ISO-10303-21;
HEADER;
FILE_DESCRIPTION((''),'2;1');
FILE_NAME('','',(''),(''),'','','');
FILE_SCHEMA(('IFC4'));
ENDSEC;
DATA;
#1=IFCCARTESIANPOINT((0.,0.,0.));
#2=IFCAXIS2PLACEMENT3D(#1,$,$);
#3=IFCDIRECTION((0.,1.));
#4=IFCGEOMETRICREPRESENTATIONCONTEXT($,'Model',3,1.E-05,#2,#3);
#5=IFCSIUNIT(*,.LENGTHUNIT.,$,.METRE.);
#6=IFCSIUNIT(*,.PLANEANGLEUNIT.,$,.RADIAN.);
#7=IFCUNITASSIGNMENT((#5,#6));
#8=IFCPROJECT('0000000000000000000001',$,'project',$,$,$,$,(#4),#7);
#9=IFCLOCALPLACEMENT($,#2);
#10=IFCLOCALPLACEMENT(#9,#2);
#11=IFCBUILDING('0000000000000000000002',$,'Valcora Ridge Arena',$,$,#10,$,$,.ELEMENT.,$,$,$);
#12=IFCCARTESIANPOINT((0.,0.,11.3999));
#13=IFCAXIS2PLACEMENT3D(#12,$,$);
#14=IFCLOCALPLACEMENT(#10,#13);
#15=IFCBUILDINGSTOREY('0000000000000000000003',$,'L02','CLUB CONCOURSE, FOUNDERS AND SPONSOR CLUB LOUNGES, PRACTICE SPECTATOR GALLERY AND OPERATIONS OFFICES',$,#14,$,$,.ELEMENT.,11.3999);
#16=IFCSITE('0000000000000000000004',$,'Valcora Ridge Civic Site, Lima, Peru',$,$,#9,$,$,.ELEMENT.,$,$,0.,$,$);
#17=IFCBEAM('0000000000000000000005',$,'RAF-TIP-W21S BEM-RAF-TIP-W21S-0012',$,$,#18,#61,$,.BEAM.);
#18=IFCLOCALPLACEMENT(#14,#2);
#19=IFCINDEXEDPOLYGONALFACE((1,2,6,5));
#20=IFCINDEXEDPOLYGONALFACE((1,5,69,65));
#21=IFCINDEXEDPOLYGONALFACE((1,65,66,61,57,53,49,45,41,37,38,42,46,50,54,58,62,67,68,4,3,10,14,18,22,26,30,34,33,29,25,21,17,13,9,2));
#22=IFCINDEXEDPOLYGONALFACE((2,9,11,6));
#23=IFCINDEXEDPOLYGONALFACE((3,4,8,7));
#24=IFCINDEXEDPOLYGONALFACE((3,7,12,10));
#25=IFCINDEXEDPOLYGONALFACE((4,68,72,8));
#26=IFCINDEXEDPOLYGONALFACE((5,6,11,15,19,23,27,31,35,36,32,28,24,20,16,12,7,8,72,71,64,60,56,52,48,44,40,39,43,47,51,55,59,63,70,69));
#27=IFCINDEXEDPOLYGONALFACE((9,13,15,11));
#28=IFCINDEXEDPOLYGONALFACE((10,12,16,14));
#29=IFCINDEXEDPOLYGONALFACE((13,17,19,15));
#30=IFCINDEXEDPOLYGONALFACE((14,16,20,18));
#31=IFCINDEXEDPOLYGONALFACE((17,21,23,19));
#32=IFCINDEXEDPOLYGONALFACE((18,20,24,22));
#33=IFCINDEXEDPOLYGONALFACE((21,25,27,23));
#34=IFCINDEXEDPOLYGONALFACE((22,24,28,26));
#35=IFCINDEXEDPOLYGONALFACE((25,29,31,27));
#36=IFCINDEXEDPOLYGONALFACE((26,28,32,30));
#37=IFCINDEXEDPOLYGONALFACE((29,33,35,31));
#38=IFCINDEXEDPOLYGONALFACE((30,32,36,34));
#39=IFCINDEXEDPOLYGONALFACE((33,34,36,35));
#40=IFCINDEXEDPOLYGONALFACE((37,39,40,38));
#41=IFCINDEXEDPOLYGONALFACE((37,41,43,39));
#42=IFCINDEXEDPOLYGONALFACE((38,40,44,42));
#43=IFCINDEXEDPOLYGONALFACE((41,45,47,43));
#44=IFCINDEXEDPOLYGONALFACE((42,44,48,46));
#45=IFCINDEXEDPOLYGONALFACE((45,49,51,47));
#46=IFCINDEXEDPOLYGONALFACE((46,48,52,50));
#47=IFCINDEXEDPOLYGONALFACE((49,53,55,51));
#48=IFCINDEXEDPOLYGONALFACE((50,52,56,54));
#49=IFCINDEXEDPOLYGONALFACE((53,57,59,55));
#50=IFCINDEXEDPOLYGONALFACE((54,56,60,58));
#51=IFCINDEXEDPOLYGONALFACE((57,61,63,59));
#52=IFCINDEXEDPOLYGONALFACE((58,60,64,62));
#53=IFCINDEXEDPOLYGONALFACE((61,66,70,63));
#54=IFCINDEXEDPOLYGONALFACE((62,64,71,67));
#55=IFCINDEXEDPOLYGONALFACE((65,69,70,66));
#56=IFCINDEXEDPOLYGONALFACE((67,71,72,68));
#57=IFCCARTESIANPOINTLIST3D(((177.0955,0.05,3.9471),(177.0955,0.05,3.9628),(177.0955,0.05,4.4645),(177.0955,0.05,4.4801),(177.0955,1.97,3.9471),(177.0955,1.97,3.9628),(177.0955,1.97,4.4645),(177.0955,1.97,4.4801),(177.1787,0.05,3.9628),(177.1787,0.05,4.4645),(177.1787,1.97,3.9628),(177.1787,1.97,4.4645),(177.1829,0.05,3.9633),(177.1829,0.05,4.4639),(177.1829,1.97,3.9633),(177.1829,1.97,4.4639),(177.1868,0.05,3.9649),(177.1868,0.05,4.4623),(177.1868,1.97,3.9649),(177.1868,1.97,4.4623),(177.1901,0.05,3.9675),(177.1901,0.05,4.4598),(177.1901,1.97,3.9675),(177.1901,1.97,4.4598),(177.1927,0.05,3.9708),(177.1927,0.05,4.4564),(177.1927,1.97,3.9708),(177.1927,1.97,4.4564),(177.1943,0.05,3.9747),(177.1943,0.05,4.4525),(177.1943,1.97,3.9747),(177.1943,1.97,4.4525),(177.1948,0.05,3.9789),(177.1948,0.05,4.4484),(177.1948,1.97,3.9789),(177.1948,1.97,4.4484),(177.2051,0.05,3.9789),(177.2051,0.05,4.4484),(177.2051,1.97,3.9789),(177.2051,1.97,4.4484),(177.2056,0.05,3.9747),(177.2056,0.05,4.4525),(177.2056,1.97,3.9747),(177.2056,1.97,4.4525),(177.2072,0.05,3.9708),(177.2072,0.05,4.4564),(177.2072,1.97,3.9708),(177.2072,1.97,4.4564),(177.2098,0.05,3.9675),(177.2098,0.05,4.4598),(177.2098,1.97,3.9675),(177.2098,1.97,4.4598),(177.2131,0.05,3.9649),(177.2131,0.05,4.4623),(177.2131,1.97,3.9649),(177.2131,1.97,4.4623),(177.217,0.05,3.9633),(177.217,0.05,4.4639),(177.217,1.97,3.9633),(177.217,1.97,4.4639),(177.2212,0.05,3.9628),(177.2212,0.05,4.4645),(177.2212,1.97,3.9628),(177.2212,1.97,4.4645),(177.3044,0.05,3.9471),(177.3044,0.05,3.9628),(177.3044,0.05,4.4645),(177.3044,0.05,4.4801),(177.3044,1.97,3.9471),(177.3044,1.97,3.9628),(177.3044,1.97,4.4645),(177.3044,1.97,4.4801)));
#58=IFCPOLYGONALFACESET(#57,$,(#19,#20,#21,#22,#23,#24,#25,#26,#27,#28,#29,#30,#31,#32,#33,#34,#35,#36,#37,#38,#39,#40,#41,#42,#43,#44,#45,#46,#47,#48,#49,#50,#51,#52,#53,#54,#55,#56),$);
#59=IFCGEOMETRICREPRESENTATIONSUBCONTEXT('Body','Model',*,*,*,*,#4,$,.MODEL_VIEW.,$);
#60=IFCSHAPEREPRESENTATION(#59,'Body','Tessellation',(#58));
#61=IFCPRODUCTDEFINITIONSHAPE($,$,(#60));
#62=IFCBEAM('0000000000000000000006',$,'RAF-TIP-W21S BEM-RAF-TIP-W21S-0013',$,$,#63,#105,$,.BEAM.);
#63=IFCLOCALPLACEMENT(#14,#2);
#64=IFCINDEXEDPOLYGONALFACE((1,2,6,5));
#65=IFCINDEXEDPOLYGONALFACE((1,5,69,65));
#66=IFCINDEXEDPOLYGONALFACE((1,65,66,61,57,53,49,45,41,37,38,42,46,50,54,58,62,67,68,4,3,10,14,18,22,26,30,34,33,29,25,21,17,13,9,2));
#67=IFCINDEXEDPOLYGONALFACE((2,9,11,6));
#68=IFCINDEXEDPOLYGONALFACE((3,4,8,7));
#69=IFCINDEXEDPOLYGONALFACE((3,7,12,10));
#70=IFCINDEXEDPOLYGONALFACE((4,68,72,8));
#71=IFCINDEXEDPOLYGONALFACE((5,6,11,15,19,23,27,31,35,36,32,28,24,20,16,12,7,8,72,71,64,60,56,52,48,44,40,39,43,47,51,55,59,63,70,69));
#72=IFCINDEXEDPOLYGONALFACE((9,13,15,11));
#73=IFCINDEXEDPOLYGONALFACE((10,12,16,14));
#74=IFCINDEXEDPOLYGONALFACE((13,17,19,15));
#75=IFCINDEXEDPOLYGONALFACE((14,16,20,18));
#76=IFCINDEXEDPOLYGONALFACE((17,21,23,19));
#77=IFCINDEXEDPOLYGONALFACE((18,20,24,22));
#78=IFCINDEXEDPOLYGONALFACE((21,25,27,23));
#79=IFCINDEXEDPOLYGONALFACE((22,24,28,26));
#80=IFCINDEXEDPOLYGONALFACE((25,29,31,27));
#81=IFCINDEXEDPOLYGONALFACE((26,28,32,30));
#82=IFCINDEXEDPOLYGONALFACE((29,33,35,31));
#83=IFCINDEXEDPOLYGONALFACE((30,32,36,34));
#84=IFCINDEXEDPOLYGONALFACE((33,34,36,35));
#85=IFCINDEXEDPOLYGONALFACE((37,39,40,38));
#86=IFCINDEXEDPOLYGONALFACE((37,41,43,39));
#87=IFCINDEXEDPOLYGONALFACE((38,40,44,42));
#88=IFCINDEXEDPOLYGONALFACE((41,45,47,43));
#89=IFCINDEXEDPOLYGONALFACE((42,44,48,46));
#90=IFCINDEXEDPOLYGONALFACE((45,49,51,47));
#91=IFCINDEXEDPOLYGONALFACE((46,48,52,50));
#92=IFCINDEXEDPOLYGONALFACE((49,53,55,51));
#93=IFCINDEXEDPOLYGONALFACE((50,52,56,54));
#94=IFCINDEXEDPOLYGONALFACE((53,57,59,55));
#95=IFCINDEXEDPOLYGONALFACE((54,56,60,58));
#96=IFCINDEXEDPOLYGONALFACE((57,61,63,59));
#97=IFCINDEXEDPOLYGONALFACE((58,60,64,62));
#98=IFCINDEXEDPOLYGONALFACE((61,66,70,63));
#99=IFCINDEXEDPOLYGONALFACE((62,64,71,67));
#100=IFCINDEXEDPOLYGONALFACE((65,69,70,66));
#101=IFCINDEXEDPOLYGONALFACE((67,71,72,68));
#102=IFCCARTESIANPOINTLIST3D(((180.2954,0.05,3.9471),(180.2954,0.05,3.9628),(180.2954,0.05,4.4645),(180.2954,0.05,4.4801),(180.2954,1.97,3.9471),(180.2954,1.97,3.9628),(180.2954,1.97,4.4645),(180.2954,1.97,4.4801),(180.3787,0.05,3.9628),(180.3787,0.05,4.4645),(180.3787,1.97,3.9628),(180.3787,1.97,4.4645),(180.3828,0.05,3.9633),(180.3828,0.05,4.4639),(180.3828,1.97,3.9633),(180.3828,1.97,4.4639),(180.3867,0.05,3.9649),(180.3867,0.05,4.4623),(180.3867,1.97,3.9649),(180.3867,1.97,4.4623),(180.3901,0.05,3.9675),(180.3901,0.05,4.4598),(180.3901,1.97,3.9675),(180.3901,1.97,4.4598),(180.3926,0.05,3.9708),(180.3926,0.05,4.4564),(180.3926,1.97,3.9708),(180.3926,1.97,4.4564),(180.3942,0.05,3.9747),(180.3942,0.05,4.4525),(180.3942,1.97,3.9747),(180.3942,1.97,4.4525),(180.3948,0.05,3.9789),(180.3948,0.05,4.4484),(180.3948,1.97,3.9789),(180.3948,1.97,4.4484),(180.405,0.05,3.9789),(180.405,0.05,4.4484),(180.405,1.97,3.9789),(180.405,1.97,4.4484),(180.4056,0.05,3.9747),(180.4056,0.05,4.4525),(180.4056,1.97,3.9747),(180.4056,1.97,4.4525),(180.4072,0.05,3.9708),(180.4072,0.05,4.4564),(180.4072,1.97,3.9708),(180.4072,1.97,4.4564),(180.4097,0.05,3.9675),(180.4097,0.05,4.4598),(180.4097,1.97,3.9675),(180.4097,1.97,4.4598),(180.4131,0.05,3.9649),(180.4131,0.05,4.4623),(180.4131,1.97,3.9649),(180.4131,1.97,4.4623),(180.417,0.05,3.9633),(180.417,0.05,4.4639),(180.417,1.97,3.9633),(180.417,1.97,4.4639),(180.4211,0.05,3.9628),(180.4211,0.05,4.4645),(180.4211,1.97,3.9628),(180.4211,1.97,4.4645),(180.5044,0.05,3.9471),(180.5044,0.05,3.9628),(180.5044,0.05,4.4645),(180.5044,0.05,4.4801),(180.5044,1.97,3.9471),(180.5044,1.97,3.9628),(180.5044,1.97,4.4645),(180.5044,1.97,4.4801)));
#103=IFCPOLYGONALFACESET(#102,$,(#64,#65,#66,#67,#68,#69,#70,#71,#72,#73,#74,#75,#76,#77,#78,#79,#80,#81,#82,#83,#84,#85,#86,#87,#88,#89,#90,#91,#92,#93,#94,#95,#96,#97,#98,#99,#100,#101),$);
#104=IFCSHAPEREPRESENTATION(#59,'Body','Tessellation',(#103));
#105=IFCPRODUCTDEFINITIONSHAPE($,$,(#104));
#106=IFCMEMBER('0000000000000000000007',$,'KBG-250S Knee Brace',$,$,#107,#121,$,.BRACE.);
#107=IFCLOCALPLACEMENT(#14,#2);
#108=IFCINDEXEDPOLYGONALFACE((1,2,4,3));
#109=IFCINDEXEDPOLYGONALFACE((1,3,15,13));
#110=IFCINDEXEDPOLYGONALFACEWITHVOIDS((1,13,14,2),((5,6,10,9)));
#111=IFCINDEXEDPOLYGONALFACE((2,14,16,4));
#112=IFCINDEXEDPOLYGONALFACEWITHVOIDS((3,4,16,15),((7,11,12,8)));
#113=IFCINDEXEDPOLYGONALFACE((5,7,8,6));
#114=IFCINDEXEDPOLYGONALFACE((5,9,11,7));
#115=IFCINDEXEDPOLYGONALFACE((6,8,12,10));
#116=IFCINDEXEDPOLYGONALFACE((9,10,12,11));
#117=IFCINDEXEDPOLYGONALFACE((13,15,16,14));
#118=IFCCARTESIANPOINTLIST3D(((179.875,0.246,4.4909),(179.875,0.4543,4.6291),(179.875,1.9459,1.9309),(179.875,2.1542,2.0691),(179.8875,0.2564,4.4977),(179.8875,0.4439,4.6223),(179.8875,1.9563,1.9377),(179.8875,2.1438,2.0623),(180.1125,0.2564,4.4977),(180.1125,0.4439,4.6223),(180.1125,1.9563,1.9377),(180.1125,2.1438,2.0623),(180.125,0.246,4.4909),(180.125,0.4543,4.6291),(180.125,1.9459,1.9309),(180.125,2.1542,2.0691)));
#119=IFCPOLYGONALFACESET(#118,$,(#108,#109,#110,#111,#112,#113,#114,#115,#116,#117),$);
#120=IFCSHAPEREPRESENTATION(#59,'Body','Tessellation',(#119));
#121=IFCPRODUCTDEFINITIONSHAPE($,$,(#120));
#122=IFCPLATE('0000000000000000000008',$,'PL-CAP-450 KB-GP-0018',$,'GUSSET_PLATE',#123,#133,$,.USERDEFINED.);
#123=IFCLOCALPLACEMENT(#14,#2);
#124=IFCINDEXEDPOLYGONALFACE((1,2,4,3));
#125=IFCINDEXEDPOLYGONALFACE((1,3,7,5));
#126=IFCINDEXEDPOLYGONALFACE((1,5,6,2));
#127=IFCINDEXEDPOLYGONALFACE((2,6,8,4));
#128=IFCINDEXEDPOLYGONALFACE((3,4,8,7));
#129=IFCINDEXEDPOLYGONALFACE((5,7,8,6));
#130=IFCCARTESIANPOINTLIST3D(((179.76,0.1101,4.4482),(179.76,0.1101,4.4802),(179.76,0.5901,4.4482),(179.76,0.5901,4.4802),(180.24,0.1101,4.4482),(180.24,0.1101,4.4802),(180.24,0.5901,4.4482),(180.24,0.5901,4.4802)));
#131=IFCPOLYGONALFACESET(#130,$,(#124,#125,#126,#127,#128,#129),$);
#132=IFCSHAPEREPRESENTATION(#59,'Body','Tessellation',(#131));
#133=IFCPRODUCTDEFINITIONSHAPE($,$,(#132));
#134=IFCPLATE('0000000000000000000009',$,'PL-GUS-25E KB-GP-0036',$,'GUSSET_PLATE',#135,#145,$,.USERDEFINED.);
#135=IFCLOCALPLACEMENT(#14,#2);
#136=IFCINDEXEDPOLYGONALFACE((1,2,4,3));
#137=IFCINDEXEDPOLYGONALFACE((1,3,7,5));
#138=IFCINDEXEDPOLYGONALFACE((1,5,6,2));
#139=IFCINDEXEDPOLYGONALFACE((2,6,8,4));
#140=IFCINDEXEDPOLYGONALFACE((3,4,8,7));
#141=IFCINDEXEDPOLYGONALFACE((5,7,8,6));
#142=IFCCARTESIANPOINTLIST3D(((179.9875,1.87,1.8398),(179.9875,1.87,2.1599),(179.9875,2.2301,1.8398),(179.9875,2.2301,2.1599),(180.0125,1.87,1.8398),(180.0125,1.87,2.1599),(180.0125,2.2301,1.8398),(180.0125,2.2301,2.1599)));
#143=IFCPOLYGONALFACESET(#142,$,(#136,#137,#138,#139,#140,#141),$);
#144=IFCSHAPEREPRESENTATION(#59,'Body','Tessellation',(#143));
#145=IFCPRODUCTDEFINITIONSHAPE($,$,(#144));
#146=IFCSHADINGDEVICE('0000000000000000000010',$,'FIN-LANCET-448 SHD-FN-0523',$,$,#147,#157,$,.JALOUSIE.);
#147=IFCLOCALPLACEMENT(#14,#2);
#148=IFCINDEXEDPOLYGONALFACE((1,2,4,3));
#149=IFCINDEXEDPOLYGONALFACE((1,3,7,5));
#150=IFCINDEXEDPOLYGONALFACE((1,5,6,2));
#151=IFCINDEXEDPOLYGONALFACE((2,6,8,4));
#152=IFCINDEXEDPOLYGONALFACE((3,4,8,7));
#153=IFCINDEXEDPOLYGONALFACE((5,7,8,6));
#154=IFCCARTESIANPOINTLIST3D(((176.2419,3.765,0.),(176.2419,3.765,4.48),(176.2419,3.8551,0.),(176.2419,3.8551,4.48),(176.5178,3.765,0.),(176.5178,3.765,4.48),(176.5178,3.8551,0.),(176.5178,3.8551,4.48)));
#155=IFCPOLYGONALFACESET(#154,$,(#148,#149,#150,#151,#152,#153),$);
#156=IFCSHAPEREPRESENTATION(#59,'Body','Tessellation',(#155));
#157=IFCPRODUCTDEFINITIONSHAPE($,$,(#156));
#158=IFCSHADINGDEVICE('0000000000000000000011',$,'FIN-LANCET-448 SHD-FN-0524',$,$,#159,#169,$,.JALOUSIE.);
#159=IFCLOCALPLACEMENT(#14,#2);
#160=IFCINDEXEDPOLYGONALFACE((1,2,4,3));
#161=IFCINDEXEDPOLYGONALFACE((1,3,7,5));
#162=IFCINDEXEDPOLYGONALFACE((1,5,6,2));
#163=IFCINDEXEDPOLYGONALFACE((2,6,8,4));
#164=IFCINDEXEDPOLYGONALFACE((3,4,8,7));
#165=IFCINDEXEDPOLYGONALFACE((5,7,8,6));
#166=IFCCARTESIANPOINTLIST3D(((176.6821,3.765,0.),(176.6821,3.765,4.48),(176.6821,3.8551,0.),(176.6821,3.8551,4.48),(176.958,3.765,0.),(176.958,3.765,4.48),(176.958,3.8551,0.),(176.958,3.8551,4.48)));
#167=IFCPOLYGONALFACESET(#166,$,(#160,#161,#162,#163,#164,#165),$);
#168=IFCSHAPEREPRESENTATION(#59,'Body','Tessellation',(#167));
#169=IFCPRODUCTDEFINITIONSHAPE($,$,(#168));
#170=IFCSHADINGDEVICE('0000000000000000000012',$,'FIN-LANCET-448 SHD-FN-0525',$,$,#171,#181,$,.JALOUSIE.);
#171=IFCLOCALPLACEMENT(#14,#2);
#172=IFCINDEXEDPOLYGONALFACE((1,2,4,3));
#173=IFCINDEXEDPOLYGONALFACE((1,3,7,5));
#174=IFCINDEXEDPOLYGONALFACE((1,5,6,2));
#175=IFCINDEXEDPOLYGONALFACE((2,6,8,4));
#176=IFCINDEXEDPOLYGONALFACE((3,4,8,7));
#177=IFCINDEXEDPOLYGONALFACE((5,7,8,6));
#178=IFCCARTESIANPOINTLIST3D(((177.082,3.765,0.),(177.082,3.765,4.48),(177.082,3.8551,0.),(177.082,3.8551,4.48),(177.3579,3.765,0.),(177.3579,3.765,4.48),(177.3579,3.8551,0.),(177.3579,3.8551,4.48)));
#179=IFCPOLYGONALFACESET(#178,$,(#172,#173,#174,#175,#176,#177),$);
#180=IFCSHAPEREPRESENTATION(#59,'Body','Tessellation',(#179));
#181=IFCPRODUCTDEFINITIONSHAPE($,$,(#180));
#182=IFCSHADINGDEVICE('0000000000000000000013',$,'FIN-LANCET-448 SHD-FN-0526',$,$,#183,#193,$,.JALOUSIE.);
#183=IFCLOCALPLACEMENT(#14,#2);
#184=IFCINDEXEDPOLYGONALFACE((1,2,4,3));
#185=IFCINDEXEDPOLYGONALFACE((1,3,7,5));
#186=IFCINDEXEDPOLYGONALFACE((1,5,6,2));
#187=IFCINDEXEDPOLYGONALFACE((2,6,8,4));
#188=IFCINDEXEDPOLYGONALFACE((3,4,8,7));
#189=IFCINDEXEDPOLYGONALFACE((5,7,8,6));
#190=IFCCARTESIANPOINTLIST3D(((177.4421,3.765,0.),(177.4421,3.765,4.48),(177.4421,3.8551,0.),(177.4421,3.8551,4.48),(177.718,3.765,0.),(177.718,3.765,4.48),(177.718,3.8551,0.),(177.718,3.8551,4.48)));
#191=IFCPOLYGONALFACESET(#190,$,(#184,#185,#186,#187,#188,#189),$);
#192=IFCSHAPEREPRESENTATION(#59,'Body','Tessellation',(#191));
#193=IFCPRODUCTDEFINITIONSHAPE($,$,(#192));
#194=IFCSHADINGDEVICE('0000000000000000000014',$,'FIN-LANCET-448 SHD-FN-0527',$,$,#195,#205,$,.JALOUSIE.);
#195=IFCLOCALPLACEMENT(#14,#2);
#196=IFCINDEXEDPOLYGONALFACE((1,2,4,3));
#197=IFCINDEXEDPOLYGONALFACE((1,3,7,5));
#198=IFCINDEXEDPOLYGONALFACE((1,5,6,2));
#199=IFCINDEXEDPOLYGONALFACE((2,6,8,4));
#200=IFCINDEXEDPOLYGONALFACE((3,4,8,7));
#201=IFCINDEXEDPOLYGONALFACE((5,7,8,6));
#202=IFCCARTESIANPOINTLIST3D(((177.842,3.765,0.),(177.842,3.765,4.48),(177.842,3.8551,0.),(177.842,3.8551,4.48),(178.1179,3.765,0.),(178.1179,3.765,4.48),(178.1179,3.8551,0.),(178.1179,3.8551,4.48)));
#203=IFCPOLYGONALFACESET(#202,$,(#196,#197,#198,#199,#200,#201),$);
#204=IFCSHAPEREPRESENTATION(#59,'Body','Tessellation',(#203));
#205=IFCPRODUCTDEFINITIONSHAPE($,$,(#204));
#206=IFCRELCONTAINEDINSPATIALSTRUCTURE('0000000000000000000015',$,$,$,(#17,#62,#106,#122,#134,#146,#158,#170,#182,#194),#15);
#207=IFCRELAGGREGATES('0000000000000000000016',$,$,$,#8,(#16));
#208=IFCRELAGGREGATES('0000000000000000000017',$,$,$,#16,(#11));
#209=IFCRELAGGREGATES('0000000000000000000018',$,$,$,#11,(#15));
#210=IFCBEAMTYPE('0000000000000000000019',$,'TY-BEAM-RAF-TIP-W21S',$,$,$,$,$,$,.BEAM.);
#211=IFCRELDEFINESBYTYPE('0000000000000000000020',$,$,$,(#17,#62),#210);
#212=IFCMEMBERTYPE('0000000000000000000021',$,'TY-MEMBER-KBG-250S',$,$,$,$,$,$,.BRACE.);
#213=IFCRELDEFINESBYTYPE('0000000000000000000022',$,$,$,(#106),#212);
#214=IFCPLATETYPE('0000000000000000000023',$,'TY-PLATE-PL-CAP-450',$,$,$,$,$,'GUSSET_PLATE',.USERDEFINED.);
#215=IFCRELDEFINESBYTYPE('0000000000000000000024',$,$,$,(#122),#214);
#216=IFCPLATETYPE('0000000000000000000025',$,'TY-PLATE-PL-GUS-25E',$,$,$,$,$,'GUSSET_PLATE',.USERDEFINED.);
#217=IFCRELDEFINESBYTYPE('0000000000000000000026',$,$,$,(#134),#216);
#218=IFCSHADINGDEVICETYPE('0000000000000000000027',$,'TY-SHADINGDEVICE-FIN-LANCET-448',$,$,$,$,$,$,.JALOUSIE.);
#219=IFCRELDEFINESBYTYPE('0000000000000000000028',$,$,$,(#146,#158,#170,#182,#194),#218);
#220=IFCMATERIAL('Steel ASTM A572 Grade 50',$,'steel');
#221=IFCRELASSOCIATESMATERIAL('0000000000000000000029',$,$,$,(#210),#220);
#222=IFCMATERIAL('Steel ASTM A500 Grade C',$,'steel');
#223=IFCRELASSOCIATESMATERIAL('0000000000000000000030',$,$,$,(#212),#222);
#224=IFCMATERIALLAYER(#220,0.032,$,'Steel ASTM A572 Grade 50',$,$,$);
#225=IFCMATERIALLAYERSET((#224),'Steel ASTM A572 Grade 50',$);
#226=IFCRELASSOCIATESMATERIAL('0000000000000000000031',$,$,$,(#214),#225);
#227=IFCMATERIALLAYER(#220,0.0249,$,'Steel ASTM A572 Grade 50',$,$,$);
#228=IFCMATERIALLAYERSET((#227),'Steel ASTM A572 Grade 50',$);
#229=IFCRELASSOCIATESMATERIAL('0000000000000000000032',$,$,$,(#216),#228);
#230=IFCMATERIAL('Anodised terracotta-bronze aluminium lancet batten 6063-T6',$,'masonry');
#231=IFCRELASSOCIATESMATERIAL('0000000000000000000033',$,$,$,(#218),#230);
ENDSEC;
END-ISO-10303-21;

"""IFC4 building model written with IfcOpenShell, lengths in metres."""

from ifc_helpers import new_model, si_unit, direction, frame, origin, origin_2d, place, context, subcontext, project, spatial, rectangle, hollow_rectangle, i_section, extrude, material, layer, layer_set, material_profile, profile_set, type_object, element, save


model = new_model("IFC4")

# Units and contexts
model_context = context("Model", 3, precision=1e-05, world=origin(), true_north=direction((0.0, 1.0)))
body_context = subcontext(model_context, "Body", "Model", "MODEL_VIEW")
ifc_project = project(units=[si_unit("LENGTHUNIT", "METRE"), si_unit("PLANEANGLEUNIT", "RADIAN")], contexts=[model_context])

# Site, building, storey
site_placement = place(None, origin())
site = spatial("IfcSite", under=ifc_project, at=site_placement, Name="Valcora Ridge Civic Site, Lima, Peru", CompositionType="ELEMENT", RefElevation=0.0)
building_placement = place(site_placement, origin())
building = spatial("IfcBuilding", under=site, at=building_placement, Name="Valcora Ridge Arena", CompositionType="ELEMENT")
storey_placement = place(building_placement, frame((0.0, 0.0, 11.3999)))
storey = spatial("IfcBuildingStorey", under=building, at=storey_placement, Name="L02", Description="CLUB CONCOURSE, FOUNDERS AND SPONSOR CLUB LOUNGES, PRACTICE SPECTATOR GALLERY AND OPERATIONS OFFICES", CompositionType="ELEMENT", Elevation=11.3999)

# Shared definitions
ifc_material_1 = material(Name="Steel ASTM A500 Grade C", Category="steel")

# Beams
ifc_material_2 = material(Name="Steel ASTM A572 Grade 50", Category="steel")
ifc_material_profile_1 = material_profile(ifc_material_2, i_section(OverallWidth=0.209, OverallDepth=0.533, WebThickness=0.0103, FlangeThickness=0.0156, FilletRadius=0.0161, at=origin_2d()), Name="W21X62")
ifc_profile_set_1 = profile_set([ifc_material_profile_1], Name="Steel ASTM A572 Grade 50")
beam_type_1 = type_object("IfcBeamType", Name="TY-BEAM-RAF-TIP-W21S", PredefinedType="BEAM", material=ifc_profile_set_1)
for number, where, z_axis, x_axis, name in (
    (1, (177.2, 0.05, 4.2136), (0.0, 1.0, 0.0), (-1.0, 0.0, 0.0), "RAF-TIP-W21S BEM-RAF-TIP-W21S-0012"),
    (2, (180.3999, 0.05, 4.2136), (0.0, 1.0, 0.0), (-1.0, 0.0, 0.0), "RAF-TIP-W21S BEM-RAF-TIP-W21S-0013"),
):
    element("IfcBeam", number, at=place(storey_placement, frame(where, z_axis=z_axis, x_axis=x_axis)), inside=storey, type_object=beam_type_1, Name=name, PredefinedType="BEAM", context=body_context, shape_type="SweptSolid", body=[
        extrude(i_section(OverallWidth=0.209, OverallDepth=0.533, WebThickness=0.0103, FlangeThickness=0.0156, FilletRadius=0.0161, at=origin_2d()), origin(), (0.0, 0.0, 1.0), 1.9199),
    ])

# Member
ifc_material_profile_2 = material_profile(ifc_material_1, hollow_rectangle(XDim=0.25, YDim=0.25, WallThickness=0.0125, at=origin_2d()), Name="HSS250X250X12")
ifc_profile_set_2 = profile_set([ifc_material_profile_2], Name="Steel ASTM A500 Grade C")
member_type = type_object("IfcMemberType", Name="TY-MEMBER-KBG-250S", PredefinedType="BRACE", material=ifc_profile_set_2)
member_placement = place(storey_placement, frame((180.0, 2.05, 2.0), z_axis=(0.0, -0.553178, 0.833063), x_axis=(1.0, 0.0, 0.0)))
element("IfcMember", 3, at=member_placement, inside=storey, type_object=member_type, Name="KBG-250S Knee Brace", PredefinedType="BRACE", context=body_context, shape_type="SweptSolid", body=[
    extrude(hollow_rectangle(XDim=0.25, YDim=0.25, WallThickness=0.0125, at=origin_2d()), origin(), (0.0, 0.0, 1.0), 3.073),
])

# Plates
ifc_layer_1 = layer(ifc_material_2, 0.032, Name="Steel ASTM A572 Grade 50")
ifc_layer_set_1 = layer_set([ifc_layer_1], Name="Steel ASTM A572 Grade 50")
plate_type_1 = type_object("IfcPlateType", Name="TY-PLATE-PL-CAP-450", ElementType="GUSSET_PLATE", PredefinedType="USERDEFINED", material=ifc_layer_set_1)
plate_1_placement = place(storey_placement, frame((180.0, 0.3501, 4.4482), z_axis=(0.0, 0.0, 1.0), x_axis=(1.0, 0.0, 0.0)))
element("IfcPlate", 4, at=plate_1_placement, inside=storey, type_object=plate_type_1, Name="PL-CAP-450 KB-GP-0018", ObjectType="GUSSET_PLATE", PredefinedType="USERDEFINED", context=body_context, shape_type="SweptSolid", body=[
    extrude(rectangle(XDim=0.48, YDim=0.48, at=origin_2d()), origin(), (0.0, 0.0, 1.0), 0.032),
])
ifc_layer_2 = layer(ifc_material_2, 0.0249, Name="Steel ASTM A572 Grade 50")
ifc_layer_set_2 = layer_set([ifc_layer_2], Name="Steel ASTM A572 Grade 50")
plate_type_2 = type_object("IfcPlateType", Name="TY-PLATE-PL-GUS-25E", ElementType="GUSSET_PLATE", PredefinedType="USERDEFINED", material=ifc_layer_set_2)
plate_2_placement = place(storey_placement, frame((180.0, 2.05, 1.8398), z_axis=(0.0, 0.0, 1.0), x_axis=(1.0, 0.0, 0.0)))
element("IfcPlate", 5, at=plate_2_placement, inside=storey, type_object=plate_type_2, Name="PL-GUS-25E KB-GP-0036", ObjectType="GUSSET_PLATE", PredefinedType="USERDEFINED", context=body_context, shape_type="SweptSolid", body=[
    extrude(rectangle(XDim=0.0249, YDim=0.3601, at=origin_2d()), origin(), (0.0, 0.0, 1.0), 0.3201),
])

# Shading devices
ifc_material_3 = material(Name="Anodised terracotta-bronze aluminium lancet batten 6063-T6", Category="masonry")
ifc_material_profile_3 = material_profile(ifc_material_3, rectangle(XDim=0.0901, YDim=0.2759, at=origin_2d()), Name="ALU LANCET BATTEN 90x276")
ifc_profile_set_3 = profile_set([ifc_material_profile_3], Name="Anodised terracotta-bronze aluminium lancet batten 6063-T6")
shading_device_type = type_object("IfcShadingDeviceType", Name="TY-SHADINGDEVICE-FIN-LANCET-448", PredefinedType="JALOUSIE", material=ifc_profile_set_3)
for number, where, z_axis, x_axis, name in (
    (6, (176.3799, 3.8101, 0.0), (0.0, 0.0, 1.0), (0.0, 1.0, 0.0), "FIN-LANCET-448 SHD-FN-0523"),
    (7, (176.8201, 3.8101, 0.0), (0.0, 0.0, 1.0), (0.0, 1.0, 0.0), "FIN-LANCET-448 SHD-FN-0524"),
    (8, (177.22, 3.8101, 0.0), (0.0, 0.0, 1.0), (0.0, 1.0, 0.0), "FIN-LANCET-448 SHD-FN-0525"),
    (9, (177.5801, 3.8101, 0.0), (0.0, 0.0, 1.0), (0.0, 1.0, 0.0), "FIN-LANCET-448 SHD-FN-0526"),
    (10, (177.98, 3.8101, 0.0), (0.0, 0.0, 1.0), (0.0, 1.0, 0.0), "FIN-LANCET-448 SHD-FN-0527"),
):
    element("IfcShadingDevice", number, at=place(storey_placement, frame(where, z_axis=z_axis, x_axis=x_axis)), inside=storey, type_object=shading_device_type, Name=name, PredefinedType="JALOUSIE", context=body_context, shape_type="SweptSolid", body=[
        extrude(rectangle(XDim=0.0901, YDim=0.2759, at=origin_2d()), origin(), (0.0, 0.0, 1.0), 4.48),
    ])

save(model, "model.ifc")
